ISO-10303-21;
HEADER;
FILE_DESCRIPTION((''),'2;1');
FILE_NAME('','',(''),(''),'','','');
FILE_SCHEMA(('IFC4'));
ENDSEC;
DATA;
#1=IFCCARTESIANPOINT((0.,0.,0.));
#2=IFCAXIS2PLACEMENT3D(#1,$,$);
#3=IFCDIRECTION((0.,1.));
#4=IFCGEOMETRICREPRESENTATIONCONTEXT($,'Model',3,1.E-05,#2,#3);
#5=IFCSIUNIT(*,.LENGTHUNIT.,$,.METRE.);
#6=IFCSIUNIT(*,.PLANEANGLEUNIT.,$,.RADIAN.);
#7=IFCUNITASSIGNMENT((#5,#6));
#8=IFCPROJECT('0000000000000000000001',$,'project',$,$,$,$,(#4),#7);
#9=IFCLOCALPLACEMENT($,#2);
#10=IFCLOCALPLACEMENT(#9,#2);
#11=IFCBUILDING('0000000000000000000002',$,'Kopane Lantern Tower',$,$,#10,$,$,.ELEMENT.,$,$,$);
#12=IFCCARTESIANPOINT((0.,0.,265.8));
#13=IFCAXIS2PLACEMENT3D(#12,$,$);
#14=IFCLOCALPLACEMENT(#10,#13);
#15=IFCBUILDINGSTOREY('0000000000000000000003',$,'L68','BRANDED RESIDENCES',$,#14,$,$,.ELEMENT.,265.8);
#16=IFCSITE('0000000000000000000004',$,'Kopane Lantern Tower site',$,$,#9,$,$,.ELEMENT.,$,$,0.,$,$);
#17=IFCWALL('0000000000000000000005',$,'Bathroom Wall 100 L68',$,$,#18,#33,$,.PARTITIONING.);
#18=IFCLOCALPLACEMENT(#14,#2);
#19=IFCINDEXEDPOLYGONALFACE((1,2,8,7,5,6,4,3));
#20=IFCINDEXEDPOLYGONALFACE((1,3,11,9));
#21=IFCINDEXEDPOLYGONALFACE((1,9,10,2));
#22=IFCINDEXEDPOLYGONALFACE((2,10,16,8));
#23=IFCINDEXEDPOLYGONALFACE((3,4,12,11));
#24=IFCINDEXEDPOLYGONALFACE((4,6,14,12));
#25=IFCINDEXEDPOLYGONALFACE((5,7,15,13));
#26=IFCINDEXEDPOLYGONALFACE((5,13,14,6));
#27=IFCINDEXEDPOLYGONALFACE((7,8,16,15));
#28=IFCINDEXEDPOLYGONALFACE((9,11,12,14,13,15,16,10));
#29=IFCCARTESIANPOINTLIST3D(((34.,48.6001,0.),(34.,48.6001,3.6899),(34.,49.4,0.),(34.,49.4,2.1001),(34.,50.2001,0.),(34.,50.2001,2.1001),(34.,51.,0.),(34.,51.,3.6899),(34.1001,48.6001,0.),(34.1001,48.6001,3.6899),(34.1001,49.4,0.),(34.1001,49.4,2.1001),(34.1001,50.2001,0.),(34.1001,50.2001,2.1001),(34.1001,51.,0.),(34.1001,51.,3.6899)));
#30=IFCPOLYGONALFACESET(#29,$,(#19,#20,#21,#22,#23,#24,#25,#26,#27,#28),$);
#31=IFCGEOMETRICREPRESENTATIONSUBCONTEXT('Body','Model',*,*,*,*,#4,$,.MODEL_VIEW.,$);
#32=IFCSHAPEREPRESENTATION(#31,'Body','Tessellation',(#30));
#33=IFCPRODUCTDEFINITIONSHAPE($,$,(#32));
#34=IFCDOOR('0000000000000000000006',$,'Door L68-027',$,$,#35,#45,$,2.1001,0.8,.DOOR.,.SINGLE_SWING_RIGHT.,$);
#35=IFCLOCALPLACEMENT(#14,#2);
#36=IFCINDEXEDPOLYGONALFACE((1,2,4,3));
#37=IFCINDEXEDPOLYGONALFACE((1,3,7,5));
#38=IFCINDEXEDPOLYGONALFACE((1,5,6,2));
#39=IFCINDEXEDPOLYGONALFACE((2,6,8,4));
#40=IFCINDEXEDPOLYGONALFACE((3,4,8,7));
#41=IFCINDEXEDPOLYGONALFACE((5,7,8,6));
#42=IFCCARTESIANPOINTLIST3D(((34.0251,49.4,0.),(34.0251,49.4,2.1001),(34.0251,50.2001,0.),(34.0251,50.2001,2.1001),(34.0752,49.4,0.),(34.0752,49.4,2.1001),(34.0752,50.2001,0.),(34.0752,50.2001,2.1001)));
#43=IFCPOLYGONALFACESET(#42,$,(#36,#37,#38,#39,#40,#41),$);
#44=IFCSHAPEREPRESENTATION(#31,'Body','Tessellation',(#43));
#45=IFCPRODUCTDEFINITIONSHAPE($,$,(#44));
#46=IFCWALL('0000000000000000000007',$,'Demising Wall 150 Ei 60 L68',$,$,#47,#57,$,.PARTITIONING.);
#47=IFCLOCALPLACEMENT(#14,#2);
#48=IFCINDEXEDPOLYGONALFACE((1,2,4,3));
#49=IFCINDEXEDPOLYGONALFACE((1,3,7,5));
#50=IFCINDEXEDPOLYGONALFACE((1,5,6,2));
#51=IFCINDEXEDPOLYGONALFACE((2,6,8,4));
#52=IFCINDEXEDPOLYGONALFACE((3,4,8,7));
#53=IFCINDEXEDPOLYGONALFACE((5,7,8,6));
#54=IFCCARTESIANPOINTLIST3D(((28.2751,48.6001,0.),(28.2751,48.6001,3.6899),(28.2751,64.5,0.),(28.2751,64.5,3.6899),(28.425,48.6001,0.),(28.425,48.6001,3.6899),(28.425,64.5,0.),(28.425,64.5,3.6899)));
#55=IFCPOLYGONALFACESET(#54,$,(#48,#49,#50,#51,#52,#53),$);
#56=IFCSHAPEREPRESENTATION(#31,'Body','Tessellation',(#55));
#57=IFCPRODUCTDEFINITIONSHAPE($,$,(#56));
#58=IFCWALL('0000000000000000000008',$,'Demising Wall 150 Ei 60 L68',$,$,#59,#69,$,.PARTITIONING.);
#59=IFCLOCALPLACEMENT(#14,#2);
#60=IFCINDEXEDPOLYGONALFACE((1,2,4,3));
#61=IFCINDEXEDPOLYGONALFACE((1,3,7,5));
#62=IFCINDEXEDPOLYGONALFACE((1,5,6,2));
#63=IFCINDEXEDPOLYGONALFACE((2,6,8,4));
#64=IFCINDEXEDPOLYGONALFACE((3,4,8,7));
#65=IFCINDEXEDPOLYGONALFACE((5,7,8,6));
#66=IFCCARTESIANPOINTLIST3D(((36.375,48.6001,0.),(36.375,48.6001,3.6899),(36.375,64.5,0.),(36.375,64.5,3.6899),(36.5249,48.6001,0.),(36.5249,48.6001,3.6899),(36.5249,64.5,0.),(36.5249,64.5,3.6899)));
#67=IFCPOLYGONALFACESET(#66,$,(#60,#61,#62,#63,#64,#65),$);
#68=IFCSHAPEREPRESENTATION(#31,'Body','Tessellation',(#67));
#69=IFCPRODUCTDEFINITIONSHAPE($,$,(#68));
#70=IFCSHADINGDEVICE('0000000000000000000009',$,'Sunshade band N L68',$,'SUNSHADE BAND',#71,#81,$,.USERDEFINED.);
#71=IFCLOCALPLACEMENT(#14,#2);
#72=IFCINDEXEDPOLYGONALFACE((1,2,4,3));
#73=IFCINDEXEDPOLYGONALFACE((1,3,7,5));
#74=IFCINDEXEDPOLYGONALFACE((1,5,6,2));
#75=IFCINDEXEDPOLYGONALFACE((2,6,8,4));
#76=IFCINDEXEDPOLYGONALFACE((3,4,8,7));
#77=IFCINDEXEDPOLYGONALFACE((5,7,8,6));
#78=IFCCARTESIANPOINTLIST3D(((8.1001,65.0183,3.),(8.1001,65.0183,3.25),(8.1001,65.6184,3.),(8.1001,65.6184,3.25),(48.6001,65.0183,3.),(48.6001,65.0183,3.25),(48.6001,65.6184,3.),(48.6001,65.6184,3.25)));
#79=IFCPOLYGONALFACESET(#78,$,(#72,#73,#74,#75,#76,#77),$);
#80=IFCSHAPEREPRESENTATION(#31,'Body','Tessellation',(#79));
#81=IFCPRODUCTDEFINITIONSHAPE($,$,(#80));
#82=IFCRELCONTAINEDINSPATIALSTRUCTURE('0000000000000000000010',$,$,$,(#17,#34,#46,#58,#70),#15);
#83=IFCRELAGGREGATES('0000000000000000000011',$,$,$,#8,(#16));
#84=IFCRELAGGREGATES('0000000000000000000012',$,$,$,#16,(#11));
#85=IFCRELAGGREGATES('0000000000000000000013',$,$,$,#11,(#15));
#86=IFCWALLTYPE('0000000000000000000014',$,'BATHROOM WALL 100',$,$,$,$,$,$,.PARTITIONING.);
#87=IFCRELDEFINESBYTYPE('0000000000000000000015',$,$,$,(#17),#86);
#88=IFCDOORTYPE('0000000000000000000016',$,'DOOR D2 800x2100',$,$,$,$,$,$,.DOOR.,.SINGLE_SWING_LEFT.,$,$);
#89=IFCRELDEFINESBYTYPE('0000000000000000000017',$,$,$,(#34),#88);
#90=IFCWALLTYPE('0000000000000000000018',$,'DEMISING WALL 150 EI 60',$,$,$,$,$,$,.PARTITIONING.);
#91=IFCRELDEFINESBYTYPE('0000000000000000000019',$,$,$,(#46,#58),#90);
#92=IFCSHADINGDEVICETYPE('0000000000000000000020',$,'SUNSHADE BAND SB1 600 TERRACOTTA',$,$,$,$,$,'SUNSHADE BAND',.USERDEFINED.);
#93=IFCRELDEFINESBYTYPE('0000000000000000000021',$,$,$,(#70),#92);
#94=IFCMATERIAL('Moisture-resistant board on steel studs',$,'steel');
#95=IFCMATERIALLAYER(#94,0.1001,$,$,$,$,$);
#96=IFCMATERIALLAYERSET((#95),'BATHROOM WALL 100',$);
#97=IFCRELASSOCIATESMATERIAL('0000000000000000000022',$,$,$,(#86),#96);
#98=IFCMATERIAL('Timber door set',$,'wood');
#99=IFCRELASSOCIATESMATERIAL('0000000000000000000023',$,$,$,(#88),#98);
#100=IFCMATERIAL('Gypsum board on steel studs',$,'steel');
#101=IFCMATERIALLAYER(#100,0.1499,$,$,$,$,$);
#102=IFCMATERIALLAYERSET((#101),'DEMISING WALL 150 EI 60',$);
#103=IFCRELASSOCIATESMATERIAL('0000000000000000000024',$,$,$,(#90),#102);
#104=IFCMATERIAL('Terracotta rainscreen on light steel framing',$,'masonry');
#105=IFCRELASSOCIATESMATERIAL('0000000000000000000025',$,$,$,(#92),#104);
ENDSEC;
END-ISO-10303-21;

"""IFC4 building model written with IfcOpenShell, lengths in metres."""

from ifc_helpers import new_model, si_unit, direction, frame, frame_2d, origin, origin_2d, place, context, subcontext, project, spatial, rectangle, extrude, material, layer, layer_set, type_object, element, fill, save


model = new_model("IFC4")

# Units and contexts
model_context = context("Model", 3, precision=1e-05, world=origin(), true_north=direction((0.0, 1.0)))
body_context = subcontext(model_context, "Body", "Model", "MODEL_VIEW")
ifc_project = project(units=[si_unit("LENGTHUNIT", "METRE"), si_unit("PLANEANGLEUNIT", "RADIAN")], contexts=[model_context])

# Site, building, storey
site_placement = place(None, origin())
site = spatial("IfcSite", under=ifc_project, at=site_placement, Name="Kopane Lantern Tower site", CompositionType="ELEMENT", RefElevation=0.0)
building_placement = place(site_placement, origin())
building = spatial("IfcBuilding", under=site, at=building_placement, Name="Kopane Lantern Tower", CompositionType="ELEMENT")
storey_placement = place(building_placement, frame((0.0, 0.0, 265.8)))
storey = spatial("IfcBuildingStorey", under=building, at=storey_placement, Name="L68", Description="BRANDED RESIDENCES", CompositionType="ELEMENT", Elevation=265.8)

# Wall, opening, door
ifc_material_1 = material(Name="Moisture-resistant board on steel studs", Category="steel")
ifc_layer_1 = layer(ifc_material_1, 0.1001)
ifc_layer_set_1 = layer_set([ifc_layer_1], Name="BATHROOM WALL 100")
wall_type_1 = type_object("IfcWallType", Name="BATHROOM WALL 100", PredefinedType="PARTITIONING", material=ifc_layer_set_1)
wall_1_placement = place(storey_placement, frame((34.05, 48.6001, 0.0), z_axis=(0.0, 0.0, 1.0), x_axis=(0.0, 1.0, 0.0)))
wall_1 = element("IfcWall", 1, at=wall_1_placement, inside=storey, type_object=wall_type_1, Name="Bathroom Wall 100 L68", PredefinedType="PARTITIONING", context=body_context, shape_type="SweptSolid", body=[
    extrude(rectangle(XDim=2.3999, YDim=0.1001, at=frame_2d((1.2, 0.0))), origin(), (0.0, 0.0, 1.0), 3.6899),
])
opening_1_placement = place(wall_1_placement, frame((0.8, 0.0, 0.0)))
opening_1 = element("IfcOpeningElement", 2, at=opening_1_placement, cuts=wall_1, PredefinedType="OPENING", context=body_context, shape_type="SweptSolid", body=[
    extrude(rectangle(XDim=0.8, YDim=2.1001, at=frame_2d((0.3999, 1.05))), frame((0.0, 0.0601, 0.0), z_axis=(0.0, -1.0, 0.0), x_axis=(1.0, 0.0, 0.0)), (0.0, 0.0, 1.0), 0.1201),
])
ifc_material_2 = material(Name="Timber door set", Category="wood")
door_type_1 = type_object("IfcDoorType", Name="DOOR D2 800x2100", OperationType="SINGLE_SWING_LEFT", PredefinedType="DOOR", material=ifc_material_2)
door_1_placement = place(opening_1_placement, origin())
door_1 = element("IfcDoor", 3, at=door_1_placement, inside=storey, type_object=door_type_1, Name="Door L68-027", OperationType="SINGLE_SWING_RIGHT", OverallHeight=2.1001, OverallWidth=0.8, PredefinedType="DOOR", context=body_context, shape_type="SweptSolid", body=[
    extrude(rectangle(XDim=0.8, YDim=2.1001, at=frame_2d((0.3999, 1.05))), frame((0.0, 0.0249, 0.0), z_axis=(0.0, -1.0, 0.0), x_axis=(1.0, 0.0, 0.0)), (0.0, 0.0, 1.0), 0.05),
])
fill(opening_1, door_1)

# Walls
ifc_material_3 = material(Name="Gypsum board on steel studs", Category="steel")
ifc_layer_2 = layer(ifc_material_3, 0.1499)
ifc_layer_set_2 = layer_set([ifc_layer_2], Name="DEMISING WALL 150 EI 60")
wall_type_2 = type_object("IfcWallType", Name="DEMISING WALL 150 EI 60", PredefinedType="PARTITIONING", material=ifc_layer_set_2)
for number, where, z_axis, x_axis, name in (
    (4, (28.3501, 48.6001, 0.0), (0.0, 0.0, 1.0), (0.0, 1.0, 0.0), "Demising Wall 150 Ei 60 L68"),
    (5, (36.45, 64.5, 0.0), (0.0, 0.0, 1.0), (0.0, -1.0, 0.0), "Demising Wall 150 Ei 60 L68"),
):
    element("IfcWall", number, at=place(storey_placement, frame(where, z_axis=z_axis, x_axis=x_axis)), inside=storey, type_object=wall_type_2, Name=name, PredefinedType="PARTITIONING", context=body_context, shape_type="SweptSolid", body=[
        extrude(rectangle(XDim=15.8999, YDim=0.1499, at=frame_2d((7.95, 0.0))), origin(), (0.0, 0.0, 1.0), 3.6899),
    ])

# Shading device
ifc_material_4 = material(Name="Terracotta rainscreen on light steel framing", Category="masonry")
shading_device_type = type_object("IfcShadingDeviceType", Name="SUNSHADE BAND SB1 600 TERRACOTTA", ElementType="SUNSHADE BAND", PredefinedType="USERDEFINED", material=ifc_material_4)
shading_device_placement = place(storey_placement, frame((28.3501, 65.3184, 3.0), z_axis=(0.0, 0.0, 1.0), x_axis=(-1.0, 0.0, 0.0)))
element("IfcShadingDevice", 6, at=shading_device_placement, inside=storey, type_object=shading_device_type, Name="Sunshade band N L68", ObjectType="SUNSHADE BAND", PredefinedType="USERDEFINED", context=body_context, shape_type="SweptSolid", body=[
    extrude(rectangle(XDim=40.5, YDim=0.6001, at=origin_2d()), origin(), (0.0, 0.0, 1.0), 0.25),
])

save(model, "model.ifc")
